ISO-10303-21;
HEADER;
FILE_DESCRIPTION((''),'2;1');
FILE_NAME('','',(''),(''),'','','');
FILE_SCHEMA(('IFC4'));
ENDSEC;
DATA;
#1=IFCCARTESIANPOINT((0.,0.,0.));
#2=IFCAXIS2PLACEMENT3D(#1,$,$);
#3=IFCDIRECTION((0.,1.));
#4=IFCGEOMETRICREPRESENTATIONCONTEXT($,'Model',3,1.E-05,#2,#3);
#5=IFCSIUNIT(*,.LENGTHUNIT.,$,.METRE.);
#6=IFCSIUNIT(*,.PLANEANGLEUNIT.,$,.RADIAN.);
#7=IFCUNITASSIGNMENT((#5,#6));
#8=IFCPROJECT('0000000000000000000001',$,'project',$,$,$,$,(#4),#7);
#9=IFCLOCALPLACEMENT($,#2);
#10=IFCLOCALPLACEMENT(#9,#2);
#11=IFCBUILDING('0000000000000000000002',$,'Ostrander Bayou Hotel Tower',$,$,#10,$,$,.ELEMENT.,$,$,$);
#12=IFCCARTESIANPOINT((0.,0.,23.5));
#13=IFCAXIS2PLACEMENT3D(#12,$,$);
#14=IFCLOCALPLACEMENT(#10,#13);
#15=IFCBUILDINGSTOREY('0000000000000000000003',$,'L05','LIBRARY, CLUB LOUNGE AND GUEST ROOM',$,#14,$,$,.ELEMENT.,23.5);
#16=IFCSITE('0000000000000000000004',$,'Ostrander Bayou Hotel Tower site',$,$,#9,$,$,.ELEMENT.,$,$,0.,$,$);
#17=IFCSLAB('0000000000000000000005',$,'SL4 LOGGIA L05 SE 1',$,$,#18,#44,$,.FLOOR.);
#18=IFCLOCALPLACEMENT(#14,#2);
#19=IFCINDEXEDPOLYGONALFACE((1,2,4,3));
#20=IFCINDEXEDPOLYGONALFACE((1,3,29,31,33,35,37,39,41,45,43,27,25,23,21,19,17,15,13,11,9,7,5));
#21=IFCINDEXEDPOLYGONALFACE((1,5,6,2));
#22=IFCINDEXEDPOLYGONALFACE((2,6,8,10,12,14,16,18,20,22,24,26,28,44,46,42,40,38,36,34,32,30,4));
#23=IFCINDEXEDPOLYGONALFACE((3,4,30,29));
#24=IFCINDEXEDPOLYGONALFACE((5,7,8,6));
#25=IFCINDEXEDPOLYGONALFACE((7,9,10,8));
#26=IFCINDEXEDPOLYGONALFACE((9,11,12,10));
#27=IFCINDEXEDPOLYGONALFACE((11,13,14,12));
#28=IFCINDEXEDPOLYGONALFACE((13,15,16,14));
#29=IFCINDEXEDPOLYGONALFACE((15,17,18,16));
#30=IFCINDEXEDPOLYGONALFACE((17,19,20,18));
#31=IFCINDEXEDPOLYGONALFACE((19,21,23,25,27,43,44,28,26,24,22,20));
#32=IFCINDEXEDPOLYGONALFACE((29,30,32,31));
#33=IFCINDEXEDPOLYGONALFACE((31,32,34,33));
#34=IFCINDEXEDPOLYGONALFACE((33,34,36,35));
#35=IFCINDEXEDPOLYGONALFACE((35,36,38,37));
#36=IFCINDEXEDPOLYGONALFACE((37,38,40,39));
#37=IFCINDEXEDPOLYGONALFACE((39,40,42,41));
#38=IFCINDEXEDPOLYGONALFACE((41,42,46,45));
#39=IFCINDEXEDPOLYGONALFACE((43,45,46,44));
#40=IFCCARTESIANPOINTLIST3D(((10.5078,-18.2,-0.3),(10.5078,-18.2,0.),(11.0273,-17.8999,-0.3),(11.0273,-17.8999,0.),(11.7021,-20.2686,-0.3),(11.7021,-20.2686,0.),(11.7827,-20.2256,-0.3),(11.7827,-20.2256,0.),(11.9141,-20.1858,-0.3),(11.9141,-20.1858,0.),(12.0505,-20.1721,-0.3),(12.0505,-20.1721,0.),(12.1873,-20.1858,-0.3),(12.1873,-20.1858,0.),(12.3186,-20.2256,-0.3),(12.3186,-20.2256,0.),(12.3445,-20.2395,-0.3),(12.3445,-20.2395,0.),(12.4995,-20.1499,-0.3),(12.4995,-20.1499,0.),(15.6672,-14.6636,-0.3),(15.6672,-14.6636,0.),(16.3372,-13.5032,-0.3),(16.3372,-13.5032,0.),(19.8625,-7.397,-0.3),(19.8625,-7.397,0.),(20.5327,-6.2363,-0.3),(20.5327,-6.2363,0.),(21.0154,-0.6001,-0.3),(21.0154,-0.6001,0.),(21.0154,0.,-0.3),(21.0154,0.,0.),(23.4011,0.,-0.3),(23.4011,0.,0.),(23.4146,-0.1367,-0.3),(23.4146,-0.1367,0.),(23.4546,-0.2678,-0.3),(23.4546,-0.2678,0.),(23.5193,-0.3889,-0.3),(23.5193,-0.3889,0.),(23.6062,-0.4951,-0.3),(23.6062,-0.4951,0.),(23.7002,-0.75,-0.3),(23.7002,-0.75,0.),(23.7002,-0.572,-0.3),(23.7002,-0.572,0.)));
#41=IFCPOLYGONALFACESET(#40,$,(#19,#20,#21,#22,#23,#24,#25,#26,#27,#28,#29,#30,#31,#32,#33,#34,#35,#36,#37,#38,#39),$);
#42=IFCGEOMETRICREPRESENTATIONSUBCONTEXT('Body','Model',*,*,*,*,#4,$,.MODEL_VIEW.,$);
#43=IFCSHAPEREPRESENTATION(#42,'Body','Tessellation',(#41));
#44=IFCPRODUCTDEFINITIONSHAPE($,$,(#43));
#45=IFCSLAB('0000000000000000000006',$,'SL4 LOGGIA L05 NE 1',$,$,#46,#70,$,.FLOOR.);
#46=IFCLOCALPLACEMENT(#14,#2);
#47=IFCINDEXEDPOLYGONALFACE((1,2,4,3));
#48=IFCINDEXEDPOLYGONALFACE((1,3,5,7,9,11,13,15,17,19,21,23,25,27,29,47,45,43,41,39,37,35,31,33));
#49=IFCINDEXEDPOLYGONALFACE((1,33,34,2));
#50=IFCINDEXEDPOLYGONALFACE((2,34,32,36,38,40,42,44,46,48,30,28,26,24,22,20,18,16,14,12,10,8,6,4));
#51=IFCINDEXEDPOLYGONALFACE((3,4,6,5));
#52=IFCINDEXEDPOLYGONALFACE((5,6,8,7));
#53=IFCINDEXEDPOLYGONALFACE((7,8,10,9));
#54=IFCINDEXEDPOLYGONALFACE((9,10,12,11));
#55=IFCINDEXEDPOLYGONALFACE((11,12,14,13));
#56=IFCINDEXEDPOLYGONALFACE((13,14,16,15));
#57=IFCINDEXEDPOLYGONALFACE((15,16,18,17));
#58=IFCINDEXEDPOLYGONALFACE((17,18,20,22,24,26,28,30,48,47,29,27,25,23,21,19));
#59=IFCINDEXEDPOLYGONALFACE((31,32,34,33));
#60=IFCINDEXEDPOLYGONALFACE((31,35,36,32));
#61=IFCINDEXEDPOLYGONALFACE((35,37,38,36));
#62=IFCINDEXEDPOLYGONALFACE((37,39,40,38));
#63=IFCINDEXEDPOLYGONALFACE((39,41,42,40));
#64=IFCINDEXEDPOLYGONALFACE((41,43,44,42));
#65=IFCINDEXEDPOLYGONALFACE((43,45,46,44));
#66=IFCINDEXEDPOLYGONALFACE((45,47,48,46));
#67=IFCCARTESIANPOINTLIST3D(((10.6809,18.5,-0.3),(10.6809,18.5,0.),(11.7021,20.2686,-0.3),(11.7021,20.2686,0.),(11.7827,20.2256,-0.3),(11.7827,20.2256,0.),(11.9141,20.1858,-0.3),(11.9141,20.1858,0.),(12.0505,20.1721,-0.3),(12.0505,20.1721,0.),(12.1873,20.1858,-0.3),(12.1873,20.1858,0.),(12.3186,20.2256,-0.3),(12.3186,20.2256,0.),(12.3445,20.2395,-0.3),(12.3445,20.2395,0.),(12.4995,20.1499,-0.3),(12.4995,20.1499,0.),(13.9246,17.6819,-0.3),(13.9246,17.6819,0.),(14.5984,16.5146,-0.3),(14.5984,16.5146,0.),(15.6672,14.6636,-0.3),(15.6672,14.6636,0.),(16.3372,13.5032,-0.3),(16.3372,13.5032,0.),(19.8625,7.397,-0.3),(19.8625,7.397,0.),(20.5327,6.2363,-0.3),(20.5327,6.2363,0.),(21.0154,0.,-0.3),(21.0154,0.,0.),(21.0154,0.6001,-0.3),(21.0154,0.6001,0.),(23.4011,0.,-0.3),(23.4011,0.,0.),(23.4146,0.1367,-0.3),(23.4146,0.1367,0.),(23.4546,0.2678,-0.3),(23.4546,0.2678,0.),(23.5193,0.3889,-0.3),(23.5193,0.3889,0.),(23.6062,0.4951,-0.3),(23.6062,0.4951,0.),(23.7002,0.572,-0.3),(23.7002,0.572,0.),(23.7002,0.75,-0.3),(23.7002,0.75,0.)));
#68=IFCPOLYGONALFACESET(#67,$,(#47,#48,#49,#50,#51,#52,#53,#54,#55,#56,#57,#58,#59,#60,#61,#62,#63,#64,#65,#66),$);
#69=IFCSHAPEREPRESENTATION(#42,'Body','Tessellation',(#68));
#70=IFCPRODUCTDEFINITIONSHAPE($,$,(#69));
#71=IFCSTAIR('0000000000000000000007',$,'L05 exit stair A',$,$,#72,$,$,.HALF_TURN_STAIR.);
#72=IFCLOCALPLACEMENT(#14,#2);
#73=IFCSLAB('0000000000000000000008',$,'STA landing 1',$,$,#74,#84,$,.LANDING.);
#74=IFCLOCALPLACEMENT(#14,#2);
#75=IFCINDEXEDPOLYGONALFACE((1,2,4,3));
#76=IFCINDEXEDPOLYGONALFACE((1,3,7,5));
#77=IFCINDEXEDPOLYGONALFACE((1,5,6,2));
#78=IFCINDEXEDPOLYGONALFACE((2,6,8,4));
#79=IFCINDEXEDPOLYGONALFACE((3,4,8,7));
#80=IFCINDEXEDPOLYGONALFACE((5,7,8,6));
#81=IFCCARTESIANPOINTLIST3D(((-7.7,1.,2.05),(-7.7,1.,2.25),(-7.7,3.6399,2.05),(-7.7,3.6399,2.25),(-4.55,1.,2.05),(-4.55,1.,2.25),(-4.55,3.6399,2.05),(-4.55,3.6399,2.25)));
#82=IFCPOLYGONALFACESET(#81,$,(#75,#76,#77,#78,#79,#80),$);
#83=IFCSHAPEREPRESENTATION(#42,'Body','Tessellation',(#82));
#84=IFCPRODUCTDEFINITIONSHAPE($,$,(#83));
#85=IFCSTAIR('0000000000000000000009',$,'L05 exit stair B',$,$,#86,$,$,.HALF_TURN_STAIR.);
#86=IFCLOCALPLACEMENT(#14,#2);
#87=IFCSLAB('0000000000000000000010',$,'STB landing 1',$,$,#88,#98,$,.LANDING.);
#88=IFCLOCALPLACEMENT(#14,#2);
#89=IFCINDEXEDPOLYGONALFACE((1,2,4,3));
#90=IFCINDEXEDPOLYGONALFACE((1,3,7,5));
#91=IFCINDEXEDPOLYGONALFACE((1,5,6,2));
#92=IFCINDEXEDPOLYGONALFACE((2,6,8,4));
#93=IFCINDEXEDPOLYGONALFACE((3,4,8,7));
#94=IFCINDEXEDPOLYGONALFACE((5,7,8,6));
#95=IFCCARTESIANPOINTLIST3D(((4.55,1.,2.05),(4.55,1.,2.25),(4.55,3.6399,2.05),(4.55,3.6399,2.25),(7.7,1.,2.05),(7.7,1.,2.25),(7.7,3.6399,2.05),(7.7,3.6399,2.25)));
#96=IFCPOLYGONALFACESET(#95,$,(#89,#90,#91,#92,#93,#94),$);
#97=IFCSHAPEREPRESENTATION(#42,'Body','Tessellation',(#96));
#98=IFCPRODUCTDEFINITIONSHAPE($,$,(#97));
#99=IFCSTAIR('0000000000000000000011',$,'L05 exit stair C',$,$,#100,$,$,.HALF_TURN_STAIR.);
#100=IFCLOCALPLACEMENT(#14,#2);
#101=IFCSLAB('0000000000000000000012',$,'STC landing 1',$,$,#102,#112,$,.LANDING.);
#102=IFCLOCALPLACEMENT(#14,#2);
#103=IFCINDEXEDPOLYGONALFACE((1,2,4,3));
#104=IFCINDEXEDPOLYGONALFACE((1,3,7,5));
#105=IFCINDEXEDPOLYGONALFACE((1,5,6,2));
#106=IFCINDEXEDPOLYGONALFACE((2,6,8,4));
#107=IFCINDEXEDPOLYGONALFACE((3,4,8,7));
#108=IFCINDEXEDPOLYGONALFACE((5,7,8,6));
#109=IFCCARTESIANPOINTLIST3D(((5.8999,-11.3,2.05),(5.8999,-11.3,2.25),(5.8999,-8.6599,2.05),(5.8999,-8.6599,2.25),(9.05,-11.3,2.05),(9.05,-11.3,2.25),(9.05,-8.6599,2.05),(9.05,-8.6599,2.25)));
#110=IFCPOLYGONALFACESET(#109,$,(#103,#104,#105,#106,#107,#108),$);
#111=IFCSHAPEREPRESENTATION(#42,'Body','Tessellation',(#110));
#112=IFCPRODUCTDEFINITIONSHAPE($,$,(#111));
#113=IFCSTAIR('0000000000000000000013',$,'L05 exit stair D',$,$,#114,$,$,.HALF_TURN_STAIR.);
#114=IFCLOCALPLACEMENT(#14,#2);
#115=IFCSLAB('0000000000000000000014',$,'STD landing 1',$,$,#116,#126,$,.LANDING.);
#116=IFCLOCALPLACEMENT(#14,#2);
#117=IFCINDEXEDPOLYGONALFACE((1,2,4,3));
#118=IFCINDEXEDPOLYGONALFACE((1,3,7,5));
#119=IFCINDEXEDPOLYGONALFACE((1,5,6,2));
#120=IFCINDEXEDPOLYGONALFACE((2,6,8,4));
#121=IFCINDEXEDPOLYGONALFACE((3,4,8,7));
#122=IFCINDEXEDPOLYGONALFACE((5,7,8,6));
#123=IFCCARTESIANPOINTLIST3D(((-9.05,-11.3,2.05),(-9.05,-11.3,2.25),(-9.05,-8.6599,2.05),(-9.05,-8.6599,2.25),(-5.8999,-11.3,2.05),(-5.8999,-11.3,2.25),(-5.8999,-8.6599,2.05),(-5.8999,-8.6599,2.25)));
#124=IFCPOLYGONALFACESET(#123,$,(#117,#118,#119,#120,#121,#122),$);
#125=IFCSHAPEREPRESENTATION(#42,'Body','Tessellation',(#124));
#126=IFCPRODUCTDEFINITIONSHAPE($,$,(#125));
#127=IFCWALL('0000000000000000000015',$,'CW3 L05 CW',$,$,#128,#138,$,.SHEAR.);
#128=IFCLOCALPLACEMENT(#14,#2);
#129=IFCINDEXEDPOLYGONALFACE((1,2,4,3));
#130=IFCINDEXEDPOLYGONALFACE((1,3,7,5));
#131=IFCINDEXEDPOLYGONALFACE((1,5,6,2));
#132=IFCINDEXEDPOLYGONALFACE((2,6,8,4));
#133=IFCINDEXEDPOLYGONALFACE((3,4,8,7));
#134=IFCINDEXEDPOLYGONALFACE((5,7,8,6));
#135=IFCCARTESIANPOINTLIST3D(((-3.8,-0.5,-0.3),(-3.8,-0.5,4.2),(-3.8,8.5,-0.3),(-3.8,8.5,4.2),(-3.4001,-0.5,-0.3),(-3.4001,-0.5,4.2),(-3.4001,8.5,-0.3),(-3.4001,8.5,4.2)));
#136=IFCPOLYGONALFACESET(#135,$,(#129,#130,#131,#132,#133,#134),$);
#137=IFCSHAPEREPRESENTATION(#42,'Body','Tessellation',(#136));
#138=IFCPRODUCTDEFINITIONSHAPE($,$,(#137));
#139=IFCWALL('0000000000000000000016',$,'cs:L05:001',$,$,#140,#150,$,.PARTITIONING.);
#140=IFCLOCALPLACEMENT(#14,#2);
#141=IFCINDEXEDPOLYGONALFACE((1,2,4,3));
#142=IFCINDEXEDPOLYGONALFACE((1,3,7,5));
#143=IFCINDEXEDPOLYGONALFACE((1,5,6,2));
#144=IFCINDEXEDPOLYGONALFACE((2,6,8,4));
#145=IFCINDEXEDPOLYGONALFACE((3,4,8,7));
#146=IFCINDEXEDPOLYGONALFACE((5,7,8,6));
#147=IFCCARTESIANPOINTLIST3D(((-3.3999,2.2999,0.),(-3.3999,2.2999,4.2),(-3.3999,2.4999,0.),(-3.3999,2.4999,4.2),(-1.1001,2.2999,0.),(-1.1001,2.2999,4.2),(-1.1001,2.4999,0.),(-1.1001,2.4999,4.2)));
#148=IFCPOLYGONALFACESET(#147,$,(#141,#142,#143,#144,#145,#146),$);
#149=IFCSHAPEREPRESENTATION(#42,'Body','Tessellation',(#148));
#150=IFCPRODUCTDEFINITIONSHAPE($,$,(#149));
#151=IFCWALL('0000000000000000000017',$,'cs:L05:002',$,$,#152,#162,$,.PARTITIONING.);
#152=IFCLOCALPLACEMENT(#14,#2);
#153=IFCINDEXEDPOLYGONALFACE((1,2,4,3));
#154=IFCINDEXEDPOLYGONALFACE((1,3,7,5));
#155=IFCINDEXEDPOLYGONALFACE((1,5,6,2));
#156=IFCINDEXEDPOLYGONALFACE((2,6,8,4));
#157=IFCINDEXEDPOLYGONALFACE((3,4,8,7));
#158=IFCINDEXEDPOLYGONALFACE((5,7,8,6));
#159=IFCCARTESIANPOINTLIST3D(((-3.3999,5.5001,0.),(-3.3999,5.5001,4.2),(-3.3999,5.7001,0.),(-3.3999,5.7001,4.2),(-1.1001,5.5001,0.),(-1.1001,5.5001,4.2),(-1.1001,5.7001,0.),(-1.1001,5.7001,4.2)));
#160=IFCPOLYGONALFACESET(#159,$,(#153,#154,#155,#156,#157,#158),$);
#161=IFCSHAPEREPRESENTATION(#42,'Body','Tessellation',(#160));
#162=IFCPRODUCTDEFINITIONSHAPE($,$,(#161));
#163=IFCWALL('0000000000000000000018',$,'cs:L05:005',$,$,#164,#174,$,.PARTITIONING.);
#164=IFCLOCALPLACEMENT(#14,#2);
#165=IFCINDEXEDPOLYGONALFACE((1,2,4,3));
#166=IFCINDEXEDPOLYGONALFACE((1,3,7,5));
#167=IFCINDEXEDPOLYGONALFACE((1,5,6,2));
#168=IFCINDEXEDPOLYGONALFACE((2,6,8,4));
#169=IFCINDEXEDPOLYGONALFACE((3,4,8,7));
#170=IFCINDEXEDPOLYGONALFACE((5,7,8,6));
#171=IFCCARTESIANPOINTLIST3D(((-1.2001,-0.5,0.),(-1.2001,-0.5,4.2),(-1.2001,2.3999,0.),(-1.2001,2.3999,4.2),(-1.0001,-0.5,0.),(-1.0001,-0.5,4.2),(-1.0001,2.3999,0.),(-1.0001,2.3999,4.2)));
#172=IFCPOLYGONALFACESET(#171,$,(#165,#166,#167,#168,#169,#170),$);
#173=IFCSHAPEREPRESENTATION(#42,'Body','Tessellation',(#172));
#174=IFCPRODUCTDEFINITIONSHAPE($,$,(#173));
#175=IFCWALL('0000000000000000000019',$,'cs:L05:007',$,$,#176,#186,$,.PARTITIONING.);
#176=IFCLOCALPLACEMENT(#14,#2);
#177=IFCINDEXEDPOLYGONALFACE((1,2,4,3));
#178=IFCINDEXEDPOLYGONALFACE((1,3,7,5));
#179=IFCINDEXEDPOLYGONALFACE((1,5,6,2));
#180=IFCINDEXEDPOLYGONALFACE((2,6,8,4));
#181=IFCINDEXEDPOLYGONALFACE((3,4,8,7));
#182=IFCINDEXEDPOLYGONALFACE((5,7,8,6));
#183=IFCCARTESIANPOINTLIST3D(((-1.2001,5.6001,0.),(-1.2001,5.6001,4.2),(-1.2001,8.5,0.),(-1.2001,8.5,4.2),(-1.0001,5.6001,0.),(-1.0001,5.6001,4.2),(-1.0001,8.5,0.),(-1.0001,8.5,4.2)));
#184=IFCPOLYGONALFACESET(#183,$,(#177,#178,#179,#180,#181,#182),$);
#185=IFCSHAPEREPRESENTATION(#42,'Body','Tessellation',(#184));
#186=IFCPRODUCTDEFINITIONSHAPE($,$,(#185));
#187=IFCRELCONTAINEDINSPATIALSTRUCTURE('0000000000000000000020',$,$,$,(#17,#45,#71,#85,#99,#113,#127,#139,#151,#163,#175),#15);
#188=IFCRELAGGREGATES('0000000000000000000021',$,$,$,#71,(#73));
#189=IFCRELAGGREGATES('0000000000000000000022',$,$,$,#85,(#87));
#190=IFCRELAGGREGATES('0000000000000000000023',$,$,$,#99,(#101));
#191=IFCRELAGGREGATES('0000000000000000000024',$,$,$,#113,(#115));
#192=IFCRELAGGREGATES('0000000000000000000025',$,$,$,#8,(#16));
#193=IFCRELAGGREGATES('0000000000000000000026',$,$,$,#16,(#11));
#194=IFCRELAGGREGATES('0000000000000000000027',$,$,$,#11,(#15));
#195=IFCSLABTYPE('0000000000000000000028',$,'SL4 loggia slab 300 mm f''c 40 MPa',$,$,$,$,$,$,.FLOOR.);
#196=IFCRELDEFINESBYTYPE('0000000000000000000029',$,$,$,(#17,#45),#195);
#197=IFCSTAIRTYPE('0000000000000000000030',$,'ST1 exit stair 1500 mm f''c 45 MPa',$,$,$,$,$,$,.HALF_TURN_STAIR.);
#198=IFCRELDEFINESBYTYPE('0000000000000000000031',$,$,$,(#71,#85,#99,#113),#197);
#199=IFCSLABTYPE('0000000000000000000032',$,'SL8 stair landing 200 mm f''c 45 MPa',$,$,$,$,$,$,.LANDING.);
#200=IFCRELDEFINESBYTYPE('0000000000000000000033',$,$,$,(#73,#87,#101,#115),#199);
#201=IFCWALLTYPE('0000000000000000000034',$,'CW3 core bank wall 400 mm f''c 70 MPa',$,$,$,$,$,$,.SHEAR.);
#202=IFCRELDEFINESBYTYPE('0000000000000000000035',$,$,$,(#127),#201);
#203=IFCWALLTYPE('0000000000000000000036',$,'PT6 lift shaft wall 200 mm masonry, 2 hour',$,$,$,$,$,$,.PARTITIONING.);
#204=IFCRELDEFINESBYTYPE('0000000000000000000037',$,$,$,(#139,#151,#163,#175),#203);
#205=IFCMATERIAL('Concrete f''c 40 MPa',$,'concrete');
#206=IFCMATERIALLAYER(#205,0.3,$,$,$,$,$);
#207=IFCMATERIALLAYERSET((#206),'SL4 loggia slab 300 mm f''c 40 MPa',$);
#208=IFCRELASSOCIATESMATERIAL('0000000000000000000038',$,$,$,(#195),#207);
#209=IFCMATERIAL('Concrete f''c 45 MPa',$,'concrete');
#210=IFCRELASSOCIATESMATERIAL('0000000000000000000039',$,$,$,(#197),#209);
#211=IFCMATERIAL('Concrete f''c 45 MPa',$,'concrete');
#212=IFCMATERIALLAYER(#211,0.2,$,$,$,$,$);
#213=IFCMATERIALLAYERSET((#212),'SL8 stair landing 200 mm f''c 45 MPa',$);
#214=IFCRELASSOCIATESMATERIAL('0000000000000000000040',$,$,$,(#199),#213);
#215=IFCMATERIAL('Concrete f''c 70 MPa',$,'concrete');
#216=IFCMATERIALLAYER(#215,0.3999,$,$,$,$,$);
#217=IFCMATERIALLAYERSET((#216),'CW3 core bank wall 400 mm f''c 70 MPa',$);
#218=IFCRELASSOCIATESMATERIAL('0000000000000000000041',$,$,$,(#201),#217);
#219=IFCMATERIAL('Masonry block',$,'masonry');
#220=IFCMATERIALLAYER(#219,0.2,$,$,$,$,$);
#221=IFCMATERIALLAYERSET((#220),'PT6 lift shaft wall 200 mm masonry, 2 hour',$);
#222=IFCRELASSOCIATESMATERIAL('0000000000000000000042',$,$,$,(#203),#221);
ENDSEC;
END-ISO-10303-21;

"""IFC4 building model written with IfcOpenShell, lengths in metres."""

from ifc_helpers import new_model, si_unit, direction, frame, frame_2d, origin, place, context, subcontext, project, spatial, polyline, rectangle, outline, extrude, material, layer, layer_set, type_object, element, aggregate, save


model = new_model("IFC4")

# Units and contexts
model_context = context("Model", 3, precision=1e-05, world=origin(), true_north=direction((0.0, 1.0)))
body_context = subcontext(model_context, "Body", "Model", "MODEL_VIEW")
ifc_project = project(units=[si_unit("LENGTHUNIT", "METRE"), si_unit("PLANEANGLEUNIT", "RADIAN")], contexts=[model_context])

# Site, building, storey
site_placement = place(None, origin())
site = spatial("IfcSite", under=ifc_project, at=site_placement, Name="Ostrander Bayou Hotel Tower site", CompositionType="ELEMENT", RefElevation=0.0)
building_placement = place(site_placement, origin())
building = spatial("IfcBuilding", under=site, at=building_placement, Name="Ostrander Bayou Hotel Tower", CompositionType="ELEMENT")
storey_placement = place(building_placement, frame((0.0, 0.0, 23.5)))
storey = spatial("IfcBuildingStorey", under=building, at=storey_placement, Name="L05", Description="LIBRARY, CLUB LOUNGE AND GUEST ROOM", CompositionType="ELEMENT", Elevation=23.5)

# Slabs
ifc_material_1 = material(Name="Concrete f'c 40 MPa", Category="concrete")
ifc_layer_1 = layer(ifc_material_1, 0.3)
ifc_layer_set_1 = layer_set([ifc_layer_1], Name="SL4 loggia slab 300 mm f'c 40 MPa")
slab_type_1 = type_object("IfcSlabType", Name="SL4 loggia slab 300 mm f'c 40 MPa", PredefinedType="FLOOR", material=ifc_layer_set_1)
slab_1_placement = place(storey_placement, frame((0.0, 0.0, -0.3)))
element("IfcSlab", 1, at=slab_1_placement, inside=storey, type_object=slab_type_1, Name="SL4 LOGGIA L05 SE 1", PredefinedType="FLOOR", context=body_context, shape_type="SweptSolid", body=[
    extrude(outline(polyline([(21.0154, 0.0), (23.4011, 0.0), (23.4146, -0.1367), (23.4546, -0.2678), (23.5193, -0.3889), (23.6062, -0.4951), (23.7002, -0.572), (23.7002, -0.75), (20.5327, -6.2363), (19.8625, -7.397), (16.3372, -13.5032), (15.6672, -14.6636), (12.4995, -20.1499), (12.3445, -20.2395), (12.3186, -20.2256), (12.1873, -20.1858), (12.0505, -20.1721), (11.9141, -20.1858), (11.7827, -20.2256), (11.7021, -20.2686), (10.5078, -18.2), (11.0273, -17.8999), (21.0154, -0.6001), (21.0154, 0.0)])), origin(), (0.0, 0.0, 1.0), 0.3),
])
slab_2_placement = place(storey_placement, frame((0.0, 0.0, -0.3)))
element("IfcSlab", 2, at=slab_2_placement, inside=storey, type_object=slab_type_1, Name="SL4 LOGGIA L05 NE 1", PredefinedType="FLOOR", context=body_context, shape_type="SweptSolid", body=[
    extrude(outline(polyline([(11.7021, 20.2686), (11.7827, 20.2256), (11.9141, 20.1858), (12.0505, 20.1721), (12.1873, 20.1858), (12.3186, 20.2256), (12.3445, 20.2395), (12.4995, 20.1499), (13.9246, 17.6819), (14.5984, 16.5146), (15.6672, 14.6636), (16.3372, 13.5032), (19.8625, 7.397), (20.5327, 6.2363), (23.7002, 0.75), (23.7002, 0.572), (23.6062, 0.4951), (23.5193, 0.3889), (23.4546, 0.2678), (23.4146, 0.1367), (23.4011, 0.0), (21.0154, 0.0), (21.0154, 0.6001), (10.6809, 18.5), (11.7021, 20.2686)])), origin(), (0.0, 0.0, 1.0), 0.3),
])

# Stairs, slabs
ifc_material_2 = material(Name="Concrete f'c 45 MPa", Category="concrete")
stair_type = type_object("IfcStairType", Name="ST1 exit stair 1500 mm f'c 45 MPa", PredefinedType="HALF_TURN_STAIR", material=ifc_material_2)
stair_1_placement = place(storey_placement, origin())
stair_1 = element("IfcStair", 3, at=stair_1_placement, inside=storey, type_object=stair_type, Name="L05 exit stair A", PredefinedType="HALF_TURN_STAIR")
ifc_material_3 = material(Name="Concrete f'c 45 MPa", Category="concrete")
ifc_layer_2 = layer(ifc_material_3, 0.2)
ifc_layer_set_2 = layer_set([ifc_layer_2], Name="SL8 stair landing 200 mm f'c 45 MPa")
slab_type_2 = type_object("IfcSlabType", Name="SL8 stair landing 200 mm f'c 45 MPa", PredefinedType="LANDING", material=ifc_layer_set_2)
slab_3_placement = place(storey_placement, frame((0.0, 0.0, 2.05)))
slab_3 = element("IfcSlab", 4, at=slab_3_placement, type_object=slab_type_2, Name="STA landing 1", PredefinedType="LANDING", context=body_context, shape_type="SweptSolid", body=[
    extrude(outline(polyline([(-7.7, 3.6399), (-7.7, 1.0), (-4.55, 1.0), (-4.55, 3.6399), (-7.7, 3.6399)])), origin(), (0.0, 0.0, 1.0), 0.2),
])
aggregate(stair_1, [slab_3])
stair_2_placement = place(storey_placement, origin())
stair_2 = element("IfcStair", 5, at=stair_2_placement, inside=storey, type_object=stair_type, Name="L05 exit stair B", PredefinedType="HALF_TURN_STAIR")
slab_4_placement = place(storey_placement, frame((0.0, 0.0, 2.05)))
slab_4 = element("IfcSlab", 6, at=slab_4_placement, type_object=slab_type_2, Name="STB landing 1", PredefinedType="LANDING", context=body_context, shape_type="SweptSolid", body=[
    extrude(outline(polyline([(4.55, 3.6399), (4.55, 1.0), (7.7, 1.0), (7.7, 3.6399), (4.55, 3.6399)])), origin(), (0.0, 0.0, 1.0), 0.2),
])
aggregate(stair_2, [slab_4])
stair_3_placement = place(storey_placement, origin())
stair_3 = element("IfcStair", 7, at=stair_3_placement, inside=storey, type_object=stair_type, Name="L05 exit stair C", PredefinedType="HALF_TURN_STAIR")
slab_5_placement = place(storey_placement, frame((0.0, 0.0, 2.05)))
slab_5 = element("IfcSlab", 8, at=slab_5_placement, type_object=slab_type_2, Name="STC landing 1", PredefinedType="LANDING", context=body_context, shape_type="SweptSolid", body=[
    extrude(outline(polyline([(5.8999, -8.6599), (5.8999, -11.3), (9.05, -11.3), (9.05, -8.6599), (5.8999, -8.6599)])), origin(), (0.0, 0.0, 1.0), 0.2),
])
aggregate(stair_3, [slab_5])
stair_4_placement = place(storey_placement, origin())
stair_4 = element("IfcStair", 9, at=stair_4_placement, inside=storey, type_object=stair_type, Name="L05 exit stair D", PredefinedType="HALF_TURN_STAIR")
slab_6_placement = place(storey_placement, frame((0.0, 0.0, 2.05)))
slab_6 = element("IfcSlab", 10, at=slab_6_placement, type_object=slab_type_2, Name="STD landing 1", PredefinedType="LANDING", context=body_context, shape_type="SweptSolid", body=[
    extrude(outline(polyline([(-9.05, -8.6599), (-9.05, -11.3), (-5.8999, -11.3), (-5.8999, -8.6599), (-9.05, -8.6599)])), origin(), (0.0, 0.0, 1.0), 0.2),
])
aggregate(stair_4, [slab_6])

# Walls
ifc_material_4 = material(Name="Concrete f'c 70 MPa", Category="concrete")
ifc_layer_3 = layer(ifc_material_4, 0.3999)
ifc_layer_set_3 = layer_set([ifc_layer_3], Name="CW3 core bank wall 400 mm f'c 70 MPa")
wall_type_1 = type_object("IfcWallType", Name="CW3 core bank wall 400 mm f'c 70 MPa", PredefinedType="SHEAR", material=ifc_layer_set_3)
wall_1_placement = place(storey_placement, frame((-3.6001, -0.5, -0.3), z_axis=(0.0, 0.0, 1.0), x_axis=(0.0, 1.0, 0.0)))
element("IfcWall", 11, at=wall_1_placement, inside=storey, type_object=wall_type_1, Name="CW3 L05 CW", PredefinedType="SHEAR", context=body_context, shape_type="SweptSolid", body=[
    extrude(rectangle(XDim=9.0, YDim=0.3999, at=frame_2d((4.5, 0.0))), origin(), (0.0, 0.0, 1.0), 4.5),
])
ifc_material_5 = material(Name="Masonry block", Category="masonry")
ifc_layer_4 = layer(ifc_material_5, 0.2)
ifc_layer_set_4 = layer_set([ifc_layer_4], Name="PT6 lift shaft wall 200 mm masonry, 2 hour")
wall_type_2 = type_object("IfcWallType", Name="PT6 lift shaft wall 200 mm masonry, 2 hour", PredefinedType="PARTITIONING", material=ifc_layer_set_4)
for number, where, z_axis, x_axis, name in (
    (12, (-3.3999, 2.3999, 0.0), (0.0, 0.0, 1.0), (1.0, 0.0, 0.0), "cs:L05:001"),
    (13, (-3.3999, 5.6001, 0.0), (0.0, 0.0, 1.0), (1.0, 0.0, 0.0), "cs:L05:002"),
):
    element("IfcWall", number, at=place(storey_placement, frame(where, z_axis=z_axis, x_axis=x_axis)), inside=storey, type_object=wall_type_2, Name=name, PredefinedType="PARTITIONING", context=body_context, shape_type="SweptSolid", body=[
        extrude(rectangle(XDim=2.2998, YDim=0.2, at=frame_2d((1.1499, 0.0))), origin(), (0.0, 0.0, 1.0), 4.2),
    ])
for number, where, z_axis, x_axis, name in (
    (14, (-1.1001, -0.5, 0.0), (0.0, 0.0, 1.0), (0.0, 1.0, 0.0), "cs:L05:005"),
    (15, (-1.1001, 5.6001, 0.0), (0.0, 0.0, 1.0), (0.0, 1.0, 0.0), "cs:L05:007"),
):
    element("IfcWall", number, at=place(storey_placement, frame(where, z_axis=z_axis, x_axis=x_axis)), inside=storey, type_object=wall_type_2, Name=name, PredefinedType="PARTITIONING", context=body_context, shape_type="SweptSolid", body=[
        extrude(rectangle(XDim=2.8999, YDim=0.2, at=frame_2d((1.45, 0.0))), origin(), (0.0, 0.0, 1.0), 4.2),
    ])

save(model, "model.ifc")
